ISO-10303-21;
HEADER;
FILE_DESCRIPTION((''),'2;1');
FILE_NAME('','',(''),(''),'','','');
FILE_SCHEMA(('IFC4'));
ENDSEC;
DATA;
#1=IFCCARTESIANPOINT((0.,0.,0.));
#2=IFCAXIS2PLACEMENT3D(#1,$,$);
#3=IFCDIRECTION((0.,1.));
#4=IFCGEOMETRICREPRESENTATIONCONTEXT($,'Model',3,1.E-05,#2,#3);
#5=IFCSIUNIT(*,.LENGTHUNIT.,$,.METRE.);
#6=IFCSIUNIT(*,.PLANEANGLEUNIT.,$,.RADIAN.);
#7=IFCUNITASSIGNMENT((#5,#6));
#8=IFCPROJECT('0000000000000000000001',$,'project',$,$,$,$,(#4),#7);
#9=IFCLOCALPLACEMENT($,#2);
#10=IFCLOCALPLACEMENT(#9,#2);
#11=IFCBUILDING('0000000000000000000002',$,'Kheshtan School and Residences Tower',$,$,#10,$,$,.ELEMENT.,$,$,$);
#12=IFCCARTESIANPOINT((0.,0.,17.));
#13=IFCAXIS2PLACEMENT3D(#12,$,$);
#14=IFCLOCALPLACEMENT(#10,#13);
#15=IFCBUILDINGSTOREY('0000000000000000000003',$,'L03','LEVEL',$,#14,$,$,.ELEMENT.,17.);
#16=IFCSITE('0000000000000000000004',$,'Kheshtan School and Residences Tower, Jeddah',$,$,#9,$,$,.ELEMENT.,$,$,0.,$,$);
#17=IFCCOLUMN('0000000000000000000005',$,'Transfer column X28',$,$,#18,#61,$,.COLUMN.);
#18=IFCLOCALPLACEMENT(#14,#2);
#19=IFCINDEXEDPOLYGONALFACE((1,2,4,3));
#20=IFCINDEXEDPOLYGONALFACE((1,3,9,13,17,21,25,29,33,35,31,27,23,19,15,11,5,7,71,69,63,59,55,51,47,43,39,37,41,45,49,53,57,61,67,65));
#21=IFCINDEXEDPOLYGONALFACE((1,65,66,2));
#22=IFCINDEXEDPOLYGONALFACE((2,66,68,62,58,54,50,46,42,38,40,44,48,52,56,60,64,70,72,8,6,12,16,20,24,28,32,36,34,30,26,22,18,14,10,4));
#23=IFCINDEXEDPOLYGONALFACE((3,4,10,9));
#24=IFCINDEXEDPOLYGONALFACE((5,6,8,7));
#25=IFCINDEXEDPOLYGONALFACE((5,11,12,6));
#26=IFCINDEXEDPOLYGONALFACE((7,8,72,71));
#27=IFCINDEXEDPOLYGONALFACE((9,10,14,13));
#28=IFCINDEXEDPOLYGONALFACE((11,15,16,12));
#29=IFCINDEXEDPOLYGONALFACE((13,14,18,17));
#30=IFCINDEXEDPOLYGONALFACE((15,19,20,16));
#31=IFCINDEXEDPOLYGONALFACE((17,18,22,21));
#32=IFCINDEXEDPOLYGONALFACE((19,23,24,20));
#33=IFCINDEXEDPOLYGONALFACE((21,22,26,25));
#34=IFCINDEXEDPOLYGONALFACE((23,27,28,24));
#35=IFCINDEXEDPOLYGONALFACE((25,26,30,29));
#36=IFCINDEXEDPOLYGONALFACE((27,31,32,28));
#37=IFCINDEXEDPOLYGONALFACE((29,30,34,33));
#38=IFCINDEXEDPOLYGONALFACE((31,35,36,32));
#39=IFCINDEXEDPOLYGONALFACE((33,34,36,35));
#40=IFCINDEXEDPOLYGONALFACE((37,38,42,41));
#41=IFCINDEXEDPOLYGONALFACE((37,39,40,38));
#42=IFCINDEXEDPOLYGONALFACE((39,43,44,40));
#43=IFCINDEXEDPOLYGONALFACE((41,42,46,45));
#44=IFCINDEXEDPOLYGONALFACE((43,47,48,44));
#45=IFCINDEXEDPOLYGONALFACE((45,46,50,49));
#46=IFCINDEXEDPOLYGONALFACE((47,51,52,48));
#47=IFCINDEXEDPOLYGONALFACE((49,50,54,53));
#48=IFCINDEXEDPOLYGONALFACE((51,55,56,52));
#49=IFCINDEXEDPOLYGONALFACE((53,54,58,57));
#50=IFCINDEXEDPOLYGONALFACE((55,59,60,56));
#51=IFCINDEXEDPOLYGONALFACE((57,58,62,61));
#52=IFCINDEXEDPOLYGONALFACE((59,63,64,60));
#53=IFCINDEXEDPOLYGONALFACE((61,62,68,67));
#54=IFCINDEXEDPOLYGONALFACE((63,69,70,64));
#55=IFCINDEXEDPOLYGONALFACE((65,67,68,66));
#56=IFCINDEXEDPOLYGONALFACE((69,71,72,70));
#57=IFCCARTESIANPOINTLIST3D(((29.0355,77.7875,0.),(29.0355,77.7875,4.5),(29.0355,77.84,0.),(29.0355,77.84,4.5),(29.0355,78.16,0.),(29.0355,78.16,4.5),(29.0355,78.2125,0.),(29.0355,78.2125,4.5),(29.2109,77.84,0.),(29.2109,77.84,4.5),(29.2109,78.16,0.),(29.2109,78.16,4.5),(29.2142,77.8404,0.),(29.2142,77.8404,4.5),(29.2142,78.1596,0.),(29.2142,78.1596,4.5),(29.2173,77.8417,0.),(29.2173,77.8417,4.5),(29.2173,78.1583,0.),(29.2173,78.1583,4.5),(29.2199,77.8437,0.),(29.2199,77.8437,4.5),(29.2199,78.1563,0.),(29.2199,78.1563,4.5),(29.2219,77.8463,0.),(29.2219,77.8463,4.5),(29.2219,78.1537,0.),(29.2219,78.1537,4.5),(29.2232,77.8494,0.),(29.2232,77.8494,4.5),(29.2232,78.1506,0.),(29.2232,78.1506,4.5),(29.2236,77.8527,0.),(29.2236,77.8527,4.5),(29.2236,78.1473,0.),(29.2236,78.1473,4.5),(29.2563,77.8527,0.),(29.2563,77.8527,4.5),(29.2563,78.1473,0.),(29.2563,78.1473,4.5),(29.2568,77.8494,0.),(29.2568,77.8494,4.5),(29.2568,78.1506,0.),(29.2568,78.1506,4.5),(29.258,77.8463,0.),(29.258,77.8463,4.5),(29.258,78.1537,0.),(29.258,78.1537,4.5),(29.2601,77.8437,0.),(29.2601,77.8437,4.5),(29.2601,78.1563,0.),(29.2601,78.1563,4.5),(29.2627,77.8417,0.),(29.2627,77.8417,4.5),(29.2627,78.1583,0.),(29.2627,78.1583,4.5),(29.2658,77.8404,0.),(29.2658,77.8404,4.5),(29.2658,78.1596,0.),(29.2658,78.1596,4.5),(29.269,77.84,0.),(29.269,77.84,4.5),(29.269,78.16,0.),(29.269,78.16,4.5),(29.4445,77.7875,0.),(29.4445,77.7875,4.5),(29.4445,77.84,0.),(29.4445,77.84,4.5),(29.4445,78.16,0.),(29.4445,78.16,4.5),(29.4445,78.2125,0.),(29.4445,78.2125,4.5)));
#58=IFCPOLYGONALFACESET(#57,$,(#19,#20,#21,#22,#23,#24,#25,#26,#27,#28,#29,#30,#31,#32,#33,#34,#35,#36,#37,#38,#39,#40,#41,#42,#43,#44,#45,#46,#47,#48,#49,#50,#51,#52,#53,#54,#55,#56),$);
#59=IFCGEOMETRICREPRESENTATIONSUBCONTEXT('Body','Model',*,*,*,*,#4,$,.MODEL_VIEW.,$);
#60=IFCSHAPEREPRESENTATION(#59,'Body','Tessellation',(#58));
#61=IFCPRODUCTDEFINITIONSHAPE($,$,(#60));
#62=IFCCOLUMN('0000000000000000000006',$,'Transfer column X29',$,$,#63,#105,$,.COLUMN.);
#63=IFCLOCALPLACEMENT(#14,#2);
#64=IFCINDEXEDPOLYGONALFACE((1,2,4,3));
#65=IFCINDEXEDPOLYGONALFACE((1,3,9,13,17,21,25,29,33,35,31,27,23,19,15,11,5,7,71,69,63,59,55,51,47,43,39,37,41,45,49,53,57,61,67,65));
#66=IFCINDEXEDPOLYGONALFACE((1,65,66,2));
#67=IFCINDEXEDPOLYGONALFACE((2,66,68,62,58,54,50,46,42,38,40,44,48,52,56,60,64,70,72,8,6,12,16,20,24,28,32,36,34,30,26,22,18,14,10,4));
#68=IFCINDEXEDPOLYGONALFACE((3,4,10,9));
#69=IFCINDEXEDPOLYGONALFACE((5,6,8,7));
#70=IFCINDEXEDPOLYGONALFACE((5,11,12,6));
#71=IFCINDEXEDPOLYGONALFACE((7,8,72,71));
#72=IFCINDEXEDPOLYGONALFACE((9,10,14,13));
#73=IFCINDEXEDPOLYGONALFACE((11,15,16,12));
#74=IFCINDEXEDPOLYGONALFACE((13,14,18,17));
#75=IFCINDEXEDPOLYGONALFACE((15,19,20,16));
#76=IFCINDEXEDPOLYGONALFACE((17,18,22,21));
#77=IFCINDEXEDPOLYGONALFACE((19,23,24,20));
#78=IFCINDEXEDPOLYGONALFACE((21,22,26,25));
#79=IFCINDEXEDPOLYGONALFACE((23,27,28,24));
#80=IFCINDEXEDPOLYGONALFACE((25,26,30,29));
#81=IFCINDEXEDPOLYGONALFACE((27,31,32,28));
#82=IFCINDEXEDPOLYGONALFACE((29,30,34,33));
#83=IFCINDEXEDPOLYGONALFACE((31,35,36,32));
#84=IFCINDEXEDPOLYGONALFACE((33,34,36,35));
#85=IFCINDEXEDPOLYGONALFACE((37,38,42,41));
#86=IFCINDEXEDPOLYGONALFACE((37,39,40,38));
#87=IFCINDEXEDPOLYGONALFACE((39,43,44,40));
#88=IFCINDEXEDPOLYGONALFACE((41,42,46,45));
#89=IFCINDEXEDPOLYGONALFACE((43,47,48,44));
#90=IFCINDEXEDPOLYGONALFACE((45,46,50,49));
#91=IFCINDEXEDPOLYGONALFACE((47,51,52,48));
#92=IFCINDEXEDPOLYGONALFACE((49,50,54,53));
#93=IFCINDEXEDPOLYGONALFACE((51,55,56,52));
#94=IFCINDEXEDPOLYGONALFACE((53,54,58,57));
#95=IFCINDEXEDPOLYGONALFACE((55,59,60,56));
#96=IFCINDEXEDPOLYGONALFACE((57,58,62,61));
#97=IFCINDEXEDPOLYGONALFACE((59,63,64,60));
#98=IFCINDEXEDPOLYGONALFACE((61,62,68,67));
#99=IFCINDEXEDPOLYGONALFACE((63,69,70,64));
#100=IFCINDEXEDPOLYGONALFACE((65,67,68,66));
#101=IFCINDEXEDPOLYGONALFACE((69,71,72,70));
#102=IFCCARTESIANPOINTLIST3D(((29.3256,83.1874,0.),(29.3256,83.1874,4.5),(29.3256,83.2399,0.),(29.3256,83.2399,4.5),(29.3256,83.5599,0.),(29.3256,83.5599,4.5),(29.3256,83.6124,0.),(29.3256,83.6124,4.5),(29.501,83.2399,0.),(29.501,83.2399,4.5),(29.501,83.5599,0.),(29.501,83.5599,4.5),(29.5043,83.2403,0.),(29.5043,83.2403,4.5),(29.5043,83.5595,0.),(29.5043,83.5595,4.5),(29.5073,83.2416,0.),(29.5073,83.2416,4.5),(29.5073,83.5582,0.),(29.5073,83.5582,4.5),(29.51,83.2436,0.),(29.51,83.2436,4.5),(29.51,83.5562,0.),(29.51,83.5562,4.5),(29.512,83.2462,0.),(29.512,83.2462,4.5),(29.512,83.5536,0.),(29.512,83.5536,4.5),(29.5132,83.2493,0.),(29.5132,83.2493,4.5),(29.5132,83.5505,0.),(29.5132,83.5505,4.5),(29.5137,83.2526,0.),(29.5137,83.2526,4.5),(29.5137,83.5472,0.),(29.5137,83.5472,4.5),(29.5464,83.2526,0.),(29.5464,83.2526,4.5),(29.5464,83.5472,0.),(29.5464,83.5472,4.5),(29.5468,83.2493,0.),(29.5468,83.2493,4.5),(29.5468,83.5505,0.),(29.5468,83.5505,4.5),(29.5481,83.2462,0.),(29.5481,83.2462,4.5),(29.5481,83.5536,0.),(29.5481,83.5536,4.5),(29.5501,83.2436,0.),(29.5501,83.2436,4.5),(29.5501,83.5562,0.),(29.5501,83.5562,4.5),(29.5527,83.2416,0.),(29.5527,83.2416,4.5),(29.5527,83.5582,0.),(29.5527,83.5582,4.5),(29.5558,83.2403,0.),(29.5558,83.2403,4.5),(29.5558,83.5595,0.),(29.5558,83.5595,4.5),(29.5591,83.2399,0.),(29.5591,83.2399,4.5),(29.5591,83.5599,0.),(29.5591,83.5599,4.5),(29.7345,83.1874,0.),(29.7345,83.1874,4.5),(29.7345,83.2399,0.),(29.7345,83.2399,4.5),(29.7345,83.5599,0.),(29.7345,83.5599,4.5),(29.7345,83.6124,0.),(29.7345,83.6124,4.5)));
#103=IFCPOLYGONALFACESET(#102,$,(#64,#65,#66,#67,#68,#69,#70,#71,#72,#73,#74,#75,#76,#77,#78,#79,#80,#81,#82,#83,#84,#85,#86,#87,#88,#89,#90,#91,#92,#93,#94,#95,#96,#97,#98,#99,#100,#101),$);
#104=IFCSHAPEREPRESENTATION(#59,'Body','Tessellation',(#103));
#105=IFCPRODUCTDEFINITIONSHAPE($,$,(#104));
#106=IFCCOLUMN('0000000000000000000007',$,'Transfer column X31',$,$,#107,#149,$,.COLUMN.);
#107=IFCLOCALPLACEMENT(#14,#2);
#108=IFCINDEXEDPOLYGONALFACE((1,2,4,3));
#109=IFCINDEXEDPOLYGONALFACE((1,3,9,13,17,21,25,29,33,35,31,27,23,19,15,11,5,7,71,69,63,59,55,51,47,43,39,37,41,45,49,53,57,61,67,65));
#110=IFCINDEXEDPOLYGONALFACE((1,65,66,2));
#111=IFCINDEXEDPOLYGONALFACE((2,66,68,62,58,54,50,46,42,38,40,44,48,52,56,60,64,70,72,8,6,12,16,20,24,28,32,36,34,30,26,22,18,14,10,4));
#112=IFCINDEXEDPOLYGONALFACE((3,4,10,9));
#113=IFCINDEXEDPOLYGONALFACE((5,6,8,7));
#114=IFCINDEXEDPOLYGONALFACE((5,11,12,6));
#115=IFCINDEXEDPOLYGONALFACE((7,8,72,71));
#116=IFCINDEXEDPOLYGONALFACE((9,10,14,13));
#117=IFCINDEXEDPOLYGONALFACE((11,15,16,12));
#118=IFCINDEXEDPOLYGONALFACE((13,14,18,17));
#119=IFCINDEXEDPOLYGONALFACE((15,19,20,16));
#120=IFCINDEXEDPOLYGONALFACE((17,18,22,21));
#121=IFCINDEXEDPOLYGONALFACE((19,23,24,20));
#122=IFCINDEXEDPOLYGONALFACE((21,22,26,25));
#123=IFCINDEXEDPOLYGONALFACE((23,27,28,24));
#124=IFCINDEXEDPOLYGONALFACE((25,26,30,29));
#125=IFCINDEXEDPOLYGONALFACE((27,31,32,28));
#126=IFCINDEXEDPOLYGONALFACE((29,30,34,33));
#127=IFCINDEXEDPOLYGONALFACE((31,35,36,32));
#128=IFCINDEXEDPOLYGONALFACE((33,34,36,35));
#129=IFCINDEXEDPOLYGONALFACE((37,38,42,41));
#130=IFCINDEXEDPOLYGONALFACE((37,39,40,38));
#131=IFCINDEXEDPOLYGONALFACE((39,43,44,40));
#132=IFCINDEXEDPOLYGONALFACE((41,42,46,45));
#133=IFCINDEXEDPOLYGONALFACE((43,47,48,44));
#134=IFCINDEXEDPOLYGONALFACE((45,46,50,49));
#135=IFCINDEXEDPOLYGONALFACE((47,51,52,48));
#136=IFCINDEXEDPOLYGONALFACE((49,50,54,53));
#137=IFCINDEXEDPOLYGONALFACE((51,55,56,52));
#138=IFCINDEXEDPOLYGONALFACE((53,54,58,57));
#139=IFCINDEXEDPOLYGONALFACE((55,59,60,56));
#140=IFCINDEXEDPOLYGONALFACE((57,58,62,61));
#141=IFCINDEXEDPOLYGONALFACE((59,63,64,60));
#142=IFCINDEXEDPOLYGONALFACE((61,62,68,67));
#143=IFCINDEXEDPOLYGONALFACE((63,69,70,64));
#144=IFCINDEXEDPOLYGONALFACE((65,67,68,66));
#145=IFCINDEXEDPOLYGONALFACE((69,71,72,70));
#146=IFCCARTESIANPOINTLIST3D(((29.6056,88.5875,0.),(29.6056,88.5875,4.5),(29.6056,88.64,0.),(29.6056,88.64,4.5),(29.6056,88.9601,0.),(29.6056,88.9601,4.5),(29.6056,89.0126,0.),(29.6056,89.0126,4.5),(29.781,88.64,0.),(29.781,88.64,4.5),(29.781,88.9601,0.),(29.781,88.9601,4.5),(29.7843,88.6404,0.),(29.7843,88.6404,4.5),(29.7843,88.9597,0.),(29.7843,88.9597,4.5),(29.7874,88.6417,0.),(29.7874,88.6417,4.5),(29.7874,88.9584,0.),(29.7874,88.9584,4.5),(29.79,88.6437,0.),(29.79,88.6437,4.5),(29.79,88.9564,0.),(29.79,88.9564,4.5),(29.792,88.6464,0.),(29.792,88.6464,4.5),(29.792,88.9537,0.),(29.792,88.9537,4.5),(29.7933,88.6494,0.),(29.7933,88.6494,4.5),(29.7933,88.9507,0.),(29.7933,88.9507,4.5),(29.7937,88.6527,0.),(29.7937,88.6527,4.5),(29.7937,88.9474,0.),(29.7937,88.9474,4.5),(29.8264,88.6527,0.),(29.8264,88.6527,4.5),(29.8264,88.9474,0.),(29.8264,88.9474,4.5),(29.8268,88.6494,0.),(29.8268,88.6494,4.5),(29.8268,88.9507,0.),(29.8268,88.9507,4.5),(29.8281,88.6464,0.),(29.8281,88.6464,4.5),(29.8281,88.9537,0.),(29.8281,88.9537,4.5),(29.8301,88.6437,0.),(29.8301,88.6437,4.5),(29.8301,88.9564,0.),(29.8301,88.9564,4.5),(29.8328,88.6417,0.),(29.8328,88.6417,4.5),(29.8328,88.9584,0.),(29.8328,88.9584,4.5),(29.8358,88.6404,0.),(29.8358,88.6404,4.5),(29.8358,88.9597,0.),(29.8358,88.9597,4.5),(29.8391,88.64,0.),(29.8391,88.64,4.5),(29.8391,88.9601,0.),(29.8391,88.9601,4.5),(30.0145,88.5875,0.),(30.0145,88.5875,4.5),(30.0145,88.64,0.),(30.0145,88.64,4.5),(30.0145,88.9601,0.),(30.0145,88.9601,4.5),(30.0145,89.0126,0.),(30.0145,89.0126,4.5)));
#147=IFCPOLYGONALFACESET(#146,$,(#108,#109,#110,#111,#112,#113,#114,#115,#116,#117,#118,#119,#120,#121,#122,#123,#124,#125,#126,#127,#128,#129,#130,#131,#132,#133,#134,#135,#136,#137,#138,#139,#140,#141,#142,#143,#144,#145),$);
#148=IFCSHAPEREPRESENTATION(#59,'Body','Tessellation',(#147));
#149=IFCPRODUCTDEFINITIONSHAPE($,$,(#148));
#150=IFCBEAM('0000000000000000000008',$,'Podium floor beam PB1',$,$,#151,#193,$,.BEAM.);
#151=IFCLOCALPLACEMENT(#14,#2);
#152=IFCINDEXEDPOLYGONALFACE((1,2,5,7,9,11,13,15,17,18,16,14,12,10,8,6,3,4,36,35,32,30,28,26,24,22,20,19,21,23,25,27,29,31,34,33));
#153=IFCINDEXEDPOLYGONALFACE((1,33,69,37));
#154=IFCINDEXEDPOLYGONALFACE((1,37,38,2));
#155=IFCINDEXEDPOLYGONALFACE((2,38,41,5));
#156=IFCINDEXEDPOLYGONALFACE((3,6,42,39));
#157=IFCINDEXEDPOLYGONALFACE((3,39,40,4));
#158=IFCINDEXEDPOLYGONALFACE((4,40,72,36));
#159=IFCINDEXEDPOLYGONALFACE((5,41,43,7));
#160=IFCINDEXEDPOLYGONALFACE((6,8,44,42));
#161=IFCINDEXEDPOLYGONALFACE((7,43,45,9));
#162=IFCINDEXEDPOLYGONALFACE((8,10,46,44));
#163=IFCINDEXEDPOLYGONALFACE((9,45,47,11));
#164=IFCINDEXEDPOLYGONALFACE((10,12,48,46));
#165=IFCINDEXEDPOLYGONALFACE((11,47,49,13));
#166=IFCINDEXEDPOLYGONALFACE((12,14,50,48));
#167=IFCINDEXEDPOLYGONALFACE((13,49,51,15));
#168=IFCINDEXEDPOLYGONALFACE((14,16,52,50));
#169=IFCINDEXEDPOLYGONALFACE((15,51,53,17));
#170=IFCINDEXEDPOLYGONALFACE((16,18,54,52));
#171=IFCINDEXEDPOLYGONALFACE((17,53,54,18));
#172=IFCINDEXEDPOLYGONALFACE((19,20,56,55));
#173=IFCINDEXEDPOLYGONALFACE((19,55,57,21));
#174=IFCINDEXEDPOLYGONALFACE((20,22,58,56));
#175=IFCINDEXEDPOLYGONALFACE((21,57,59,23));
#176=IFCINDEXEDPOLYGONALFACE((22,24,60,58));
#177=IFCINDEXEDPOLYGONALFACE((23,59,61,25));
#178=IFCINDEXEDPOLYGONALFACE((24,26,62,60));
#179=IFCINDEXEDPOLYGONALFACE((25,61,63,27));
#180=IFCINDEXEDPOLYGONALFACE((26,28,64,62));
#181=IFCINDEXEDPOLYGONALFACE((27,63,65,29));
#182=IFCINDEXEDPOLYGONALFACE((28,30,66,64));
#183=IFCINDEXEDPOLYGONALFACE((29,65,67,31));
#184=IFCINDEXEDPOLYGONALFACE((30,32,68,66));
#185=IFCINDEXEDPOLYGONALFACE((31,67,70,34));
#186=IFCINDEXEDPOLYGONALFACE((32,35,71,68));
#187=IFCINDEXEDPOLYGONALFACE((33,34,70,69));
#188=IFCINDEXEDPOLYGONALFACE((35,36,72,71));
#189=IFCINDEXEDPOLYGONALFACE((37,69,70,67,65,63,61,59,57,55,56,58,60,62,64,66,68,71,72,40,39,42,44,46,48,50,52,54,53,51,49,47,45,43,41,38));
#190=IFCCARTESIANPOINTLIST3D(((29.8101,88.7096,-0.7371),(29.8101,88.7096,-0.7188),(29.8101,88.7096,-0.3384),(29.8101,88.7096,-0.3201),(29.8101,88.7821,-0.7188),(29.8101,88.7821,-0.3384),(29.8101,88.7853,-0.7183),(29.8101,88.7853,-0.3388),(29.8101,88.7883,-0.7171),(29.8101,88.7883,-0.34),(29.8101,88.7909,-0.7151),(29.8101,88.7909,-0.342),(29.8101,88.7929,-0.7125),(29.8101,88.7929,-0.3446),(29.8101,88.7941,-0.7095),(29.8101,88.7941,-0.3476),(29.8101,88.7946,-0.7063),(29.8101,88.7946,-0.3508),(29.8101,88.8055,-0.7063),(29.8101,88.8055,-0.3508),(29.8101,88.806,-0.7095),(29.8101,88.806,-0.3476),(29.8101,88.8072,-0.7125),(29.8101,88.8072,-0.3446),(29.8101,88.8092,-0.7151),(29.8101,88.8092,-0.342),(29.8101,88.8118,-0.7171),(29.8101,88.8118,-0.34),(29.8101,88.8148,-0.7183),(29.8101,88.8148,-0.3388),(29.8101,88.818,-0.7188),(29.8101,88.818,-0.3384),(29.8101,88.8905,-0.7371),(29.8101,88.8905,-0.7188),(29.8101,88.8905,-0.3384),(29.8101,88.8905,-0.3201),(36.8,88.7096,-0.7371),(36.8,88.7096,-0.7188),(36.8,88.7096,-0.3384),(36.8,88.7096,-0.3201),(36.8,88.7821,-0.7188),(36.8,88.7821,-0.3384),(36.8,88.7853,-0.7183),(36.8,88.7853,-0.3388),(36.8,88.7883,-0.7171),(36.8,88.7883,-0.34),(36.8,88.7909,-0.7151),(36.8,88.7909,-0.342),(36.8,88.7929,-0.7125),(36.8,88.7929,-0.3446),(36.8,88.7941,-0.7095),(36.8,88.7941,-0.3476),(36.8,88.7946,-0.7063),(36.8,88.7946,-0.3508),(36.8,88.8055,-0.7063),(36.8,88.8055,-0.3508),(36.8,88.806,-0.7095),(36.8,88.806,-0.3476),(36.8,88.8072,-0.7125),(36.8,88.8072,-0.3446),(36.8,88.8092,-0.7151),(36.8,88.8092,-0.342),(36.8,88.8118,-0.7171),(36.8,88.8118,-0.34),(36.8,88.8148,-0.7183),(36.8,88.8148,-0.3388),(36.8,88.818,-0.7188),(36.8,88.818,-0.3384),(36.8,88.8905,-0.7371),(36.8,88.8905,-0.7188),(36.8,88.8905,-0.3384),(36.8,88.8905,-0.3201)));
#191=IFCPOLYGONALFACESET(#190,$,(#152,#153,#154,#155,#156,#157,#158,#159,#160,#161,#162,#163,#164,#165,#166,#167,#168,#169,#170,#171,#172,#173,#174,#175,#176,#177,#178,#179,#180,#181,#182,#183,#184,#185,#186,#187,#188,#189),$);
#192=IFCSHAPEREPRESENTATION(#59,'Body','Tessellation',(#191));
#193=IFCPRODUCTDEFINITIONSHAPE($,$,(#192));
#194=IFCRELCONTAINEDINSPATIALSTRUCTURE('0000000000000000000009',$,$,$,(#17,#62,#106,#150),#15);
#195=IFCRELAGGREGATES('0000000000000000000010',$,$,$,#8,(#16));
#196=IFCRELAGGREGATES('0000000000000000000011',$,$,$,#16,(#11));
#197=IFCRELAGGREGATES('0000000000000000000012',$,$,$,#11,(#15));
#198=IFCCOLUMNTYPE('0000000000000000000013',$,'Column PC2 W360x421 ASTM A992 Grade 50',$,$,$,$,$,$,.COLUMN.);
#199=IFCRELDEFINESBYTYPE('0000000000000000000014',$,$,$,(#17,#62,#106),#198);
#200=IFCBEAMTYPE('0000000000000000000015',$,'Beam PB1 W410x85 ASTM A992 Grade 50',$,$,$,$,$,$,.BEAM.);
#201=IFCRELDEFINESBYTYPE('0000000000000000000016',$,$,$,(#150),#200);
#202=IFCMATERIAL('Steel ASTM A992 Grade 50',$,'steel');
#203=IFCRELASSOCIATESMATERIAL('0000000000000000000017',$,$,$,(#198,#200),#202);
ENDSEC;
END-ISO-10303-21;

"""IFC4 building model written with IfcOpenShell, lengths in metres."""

from ifc_helpers import new_model, si_unit, direction, frame, origin, origin_2d, place, context, subcontext, project, spatial, i_section, extrude, material, material_profile, profile_set, type_object, element, save


model = new_model("IFC4")

# Units and contexts
model_context = context("Model", 3, precision=1e-05, world=origin(), true_north=direction((0.0, 1.0)))
body_context = subcontext(model_context, "Body", "Model", "MODEL_VIEW")
ifc_project = project(units=[si_unit("LENGTHUNIT", "METRE"), si_unit("PLANEANGLEUNIT", "RADIAN")], contexts=[model_context])

# Site, building, storey
site_placement = place(None, origin())
site = spatial("IfcSite", under=ifc_project, at=site_placement, Name="Kheshtan School and Residences Tower, Jeddah", CompositionType="ELEMENT", RefElevation=0.0)
building_placement = place(site_placement, origin())
building = spatial("IfcBuilding", under=site, at=building_placement, Name="Kheshtan School and Residences Tower", CompositionType="ELEMENT")
storey_placement = place(building_placement, frame((0.0, 0.0, 17.0)))
storey = spatial("IfcBuildingStorey", under=building, at=storey_placement, Name="L03", Description="LEVEL", CompositionType="ELEMENT", Elevation=17.0)

# Columns
ifc_material_1 = material(Name="Steel ASTM A992 Grade 50", Category="steel")
ifc_material_profile_1 = material_profile(ifc_material_1, i_section(OverallWidth=0.4089, OverallDepth=0.425, WebThickness=0.0327, FlangeThickness=0.0525, FilletRadius=0.0127, at=origin_2d()), Name="W360x421")
ifc_profile_set_1 = profile_set([ifc_material_profile_1], Name="Steel ASTM A992 Grade 50")
column_type = type_object("IfcColumnType", Name="Column PC2 W360x421 ASTM A992 Grade 50", PredefinedType="COLUMN", material=ifc_profile_set_1)
for number, where, z_axis, x_axis, name in (
    (1, (29.24, 78.0, 0.0), (0.0, 0.0, 1.0), (1.0, 0.0, 0.0), "Transfer column X28"),
    (2, (29.53, 83.3999, 0.0), (0.0, 0.0, 1.0), (1.0, 0.0, 0.0), "Transfer column X29"),
    (3, (29.8101, 88.8, 0.0), (0.0, 0.0, 1.0), (1.0, 0.0, 0.0), "Transfer column X31"),
):
    element("IfcColumn", number, at=place(storey_placement, frame(where, z_axis=z_axis, x_axis=x_axis)), inside=storey, type_object=column_type, Name=name, PredefinedType="COLUMN", context=body_context, shape_type="SweptSolid", body=[
        extrude(i_section(OverallWidth=0.4089, OverallDepth=0.425, WebThickness=0.0327, FlangeThickness=0.0525, FilletRadius=0.0127, at=origin_2d()), origin(), (0.0, 0.0, 1.0), 4.5),
    ])

# Beam
ifc_material_profile_2 = material_profile(ifc_material_1, i_section(OverallWidth=0.1809, OverallDepth=0.417, WebThickness=0.011, FlangeThickness=0.0183, FilletRadius=0.0125, at=origin_2d()), Name="W410x85")
ifc_profile_set_2 = profile_set([ifc_material_profile_2], Name="Steel ASTM A992 Grade 50")
beam_type_1 = type_object("IfcBeamType", Name="Beam PB1 W410x85 ASTM A992 Grade 50", PredefinedType="BEAM", material=ifc_profile_set_2)
beam_1_placement = place(storey_placement, frame((29.8101, 88.8, -0.5286), z_axis=(1.0, 0.0, 0.0), x_axis=(0.0, 1.0, 0.0)))
element("IfcBeam", 4, at=beam_1_placement, inside=storey, type_object=beam_type_1, Name="Podium floor beam PB1", PredefinedType="BEAM", context=body_context, shape_type="SweptSolid", body=[
    extrude(i_section(OverallWidth=0.1809, OverallDepth=0.417, WebThickness=0.011, FlangeThickness=0.0183, FilletRadius=0.0125, at=origin_2d()), origin(), (0.0, 0.0, 1.0), 6.99),
])

save(model, "model.ifc")
